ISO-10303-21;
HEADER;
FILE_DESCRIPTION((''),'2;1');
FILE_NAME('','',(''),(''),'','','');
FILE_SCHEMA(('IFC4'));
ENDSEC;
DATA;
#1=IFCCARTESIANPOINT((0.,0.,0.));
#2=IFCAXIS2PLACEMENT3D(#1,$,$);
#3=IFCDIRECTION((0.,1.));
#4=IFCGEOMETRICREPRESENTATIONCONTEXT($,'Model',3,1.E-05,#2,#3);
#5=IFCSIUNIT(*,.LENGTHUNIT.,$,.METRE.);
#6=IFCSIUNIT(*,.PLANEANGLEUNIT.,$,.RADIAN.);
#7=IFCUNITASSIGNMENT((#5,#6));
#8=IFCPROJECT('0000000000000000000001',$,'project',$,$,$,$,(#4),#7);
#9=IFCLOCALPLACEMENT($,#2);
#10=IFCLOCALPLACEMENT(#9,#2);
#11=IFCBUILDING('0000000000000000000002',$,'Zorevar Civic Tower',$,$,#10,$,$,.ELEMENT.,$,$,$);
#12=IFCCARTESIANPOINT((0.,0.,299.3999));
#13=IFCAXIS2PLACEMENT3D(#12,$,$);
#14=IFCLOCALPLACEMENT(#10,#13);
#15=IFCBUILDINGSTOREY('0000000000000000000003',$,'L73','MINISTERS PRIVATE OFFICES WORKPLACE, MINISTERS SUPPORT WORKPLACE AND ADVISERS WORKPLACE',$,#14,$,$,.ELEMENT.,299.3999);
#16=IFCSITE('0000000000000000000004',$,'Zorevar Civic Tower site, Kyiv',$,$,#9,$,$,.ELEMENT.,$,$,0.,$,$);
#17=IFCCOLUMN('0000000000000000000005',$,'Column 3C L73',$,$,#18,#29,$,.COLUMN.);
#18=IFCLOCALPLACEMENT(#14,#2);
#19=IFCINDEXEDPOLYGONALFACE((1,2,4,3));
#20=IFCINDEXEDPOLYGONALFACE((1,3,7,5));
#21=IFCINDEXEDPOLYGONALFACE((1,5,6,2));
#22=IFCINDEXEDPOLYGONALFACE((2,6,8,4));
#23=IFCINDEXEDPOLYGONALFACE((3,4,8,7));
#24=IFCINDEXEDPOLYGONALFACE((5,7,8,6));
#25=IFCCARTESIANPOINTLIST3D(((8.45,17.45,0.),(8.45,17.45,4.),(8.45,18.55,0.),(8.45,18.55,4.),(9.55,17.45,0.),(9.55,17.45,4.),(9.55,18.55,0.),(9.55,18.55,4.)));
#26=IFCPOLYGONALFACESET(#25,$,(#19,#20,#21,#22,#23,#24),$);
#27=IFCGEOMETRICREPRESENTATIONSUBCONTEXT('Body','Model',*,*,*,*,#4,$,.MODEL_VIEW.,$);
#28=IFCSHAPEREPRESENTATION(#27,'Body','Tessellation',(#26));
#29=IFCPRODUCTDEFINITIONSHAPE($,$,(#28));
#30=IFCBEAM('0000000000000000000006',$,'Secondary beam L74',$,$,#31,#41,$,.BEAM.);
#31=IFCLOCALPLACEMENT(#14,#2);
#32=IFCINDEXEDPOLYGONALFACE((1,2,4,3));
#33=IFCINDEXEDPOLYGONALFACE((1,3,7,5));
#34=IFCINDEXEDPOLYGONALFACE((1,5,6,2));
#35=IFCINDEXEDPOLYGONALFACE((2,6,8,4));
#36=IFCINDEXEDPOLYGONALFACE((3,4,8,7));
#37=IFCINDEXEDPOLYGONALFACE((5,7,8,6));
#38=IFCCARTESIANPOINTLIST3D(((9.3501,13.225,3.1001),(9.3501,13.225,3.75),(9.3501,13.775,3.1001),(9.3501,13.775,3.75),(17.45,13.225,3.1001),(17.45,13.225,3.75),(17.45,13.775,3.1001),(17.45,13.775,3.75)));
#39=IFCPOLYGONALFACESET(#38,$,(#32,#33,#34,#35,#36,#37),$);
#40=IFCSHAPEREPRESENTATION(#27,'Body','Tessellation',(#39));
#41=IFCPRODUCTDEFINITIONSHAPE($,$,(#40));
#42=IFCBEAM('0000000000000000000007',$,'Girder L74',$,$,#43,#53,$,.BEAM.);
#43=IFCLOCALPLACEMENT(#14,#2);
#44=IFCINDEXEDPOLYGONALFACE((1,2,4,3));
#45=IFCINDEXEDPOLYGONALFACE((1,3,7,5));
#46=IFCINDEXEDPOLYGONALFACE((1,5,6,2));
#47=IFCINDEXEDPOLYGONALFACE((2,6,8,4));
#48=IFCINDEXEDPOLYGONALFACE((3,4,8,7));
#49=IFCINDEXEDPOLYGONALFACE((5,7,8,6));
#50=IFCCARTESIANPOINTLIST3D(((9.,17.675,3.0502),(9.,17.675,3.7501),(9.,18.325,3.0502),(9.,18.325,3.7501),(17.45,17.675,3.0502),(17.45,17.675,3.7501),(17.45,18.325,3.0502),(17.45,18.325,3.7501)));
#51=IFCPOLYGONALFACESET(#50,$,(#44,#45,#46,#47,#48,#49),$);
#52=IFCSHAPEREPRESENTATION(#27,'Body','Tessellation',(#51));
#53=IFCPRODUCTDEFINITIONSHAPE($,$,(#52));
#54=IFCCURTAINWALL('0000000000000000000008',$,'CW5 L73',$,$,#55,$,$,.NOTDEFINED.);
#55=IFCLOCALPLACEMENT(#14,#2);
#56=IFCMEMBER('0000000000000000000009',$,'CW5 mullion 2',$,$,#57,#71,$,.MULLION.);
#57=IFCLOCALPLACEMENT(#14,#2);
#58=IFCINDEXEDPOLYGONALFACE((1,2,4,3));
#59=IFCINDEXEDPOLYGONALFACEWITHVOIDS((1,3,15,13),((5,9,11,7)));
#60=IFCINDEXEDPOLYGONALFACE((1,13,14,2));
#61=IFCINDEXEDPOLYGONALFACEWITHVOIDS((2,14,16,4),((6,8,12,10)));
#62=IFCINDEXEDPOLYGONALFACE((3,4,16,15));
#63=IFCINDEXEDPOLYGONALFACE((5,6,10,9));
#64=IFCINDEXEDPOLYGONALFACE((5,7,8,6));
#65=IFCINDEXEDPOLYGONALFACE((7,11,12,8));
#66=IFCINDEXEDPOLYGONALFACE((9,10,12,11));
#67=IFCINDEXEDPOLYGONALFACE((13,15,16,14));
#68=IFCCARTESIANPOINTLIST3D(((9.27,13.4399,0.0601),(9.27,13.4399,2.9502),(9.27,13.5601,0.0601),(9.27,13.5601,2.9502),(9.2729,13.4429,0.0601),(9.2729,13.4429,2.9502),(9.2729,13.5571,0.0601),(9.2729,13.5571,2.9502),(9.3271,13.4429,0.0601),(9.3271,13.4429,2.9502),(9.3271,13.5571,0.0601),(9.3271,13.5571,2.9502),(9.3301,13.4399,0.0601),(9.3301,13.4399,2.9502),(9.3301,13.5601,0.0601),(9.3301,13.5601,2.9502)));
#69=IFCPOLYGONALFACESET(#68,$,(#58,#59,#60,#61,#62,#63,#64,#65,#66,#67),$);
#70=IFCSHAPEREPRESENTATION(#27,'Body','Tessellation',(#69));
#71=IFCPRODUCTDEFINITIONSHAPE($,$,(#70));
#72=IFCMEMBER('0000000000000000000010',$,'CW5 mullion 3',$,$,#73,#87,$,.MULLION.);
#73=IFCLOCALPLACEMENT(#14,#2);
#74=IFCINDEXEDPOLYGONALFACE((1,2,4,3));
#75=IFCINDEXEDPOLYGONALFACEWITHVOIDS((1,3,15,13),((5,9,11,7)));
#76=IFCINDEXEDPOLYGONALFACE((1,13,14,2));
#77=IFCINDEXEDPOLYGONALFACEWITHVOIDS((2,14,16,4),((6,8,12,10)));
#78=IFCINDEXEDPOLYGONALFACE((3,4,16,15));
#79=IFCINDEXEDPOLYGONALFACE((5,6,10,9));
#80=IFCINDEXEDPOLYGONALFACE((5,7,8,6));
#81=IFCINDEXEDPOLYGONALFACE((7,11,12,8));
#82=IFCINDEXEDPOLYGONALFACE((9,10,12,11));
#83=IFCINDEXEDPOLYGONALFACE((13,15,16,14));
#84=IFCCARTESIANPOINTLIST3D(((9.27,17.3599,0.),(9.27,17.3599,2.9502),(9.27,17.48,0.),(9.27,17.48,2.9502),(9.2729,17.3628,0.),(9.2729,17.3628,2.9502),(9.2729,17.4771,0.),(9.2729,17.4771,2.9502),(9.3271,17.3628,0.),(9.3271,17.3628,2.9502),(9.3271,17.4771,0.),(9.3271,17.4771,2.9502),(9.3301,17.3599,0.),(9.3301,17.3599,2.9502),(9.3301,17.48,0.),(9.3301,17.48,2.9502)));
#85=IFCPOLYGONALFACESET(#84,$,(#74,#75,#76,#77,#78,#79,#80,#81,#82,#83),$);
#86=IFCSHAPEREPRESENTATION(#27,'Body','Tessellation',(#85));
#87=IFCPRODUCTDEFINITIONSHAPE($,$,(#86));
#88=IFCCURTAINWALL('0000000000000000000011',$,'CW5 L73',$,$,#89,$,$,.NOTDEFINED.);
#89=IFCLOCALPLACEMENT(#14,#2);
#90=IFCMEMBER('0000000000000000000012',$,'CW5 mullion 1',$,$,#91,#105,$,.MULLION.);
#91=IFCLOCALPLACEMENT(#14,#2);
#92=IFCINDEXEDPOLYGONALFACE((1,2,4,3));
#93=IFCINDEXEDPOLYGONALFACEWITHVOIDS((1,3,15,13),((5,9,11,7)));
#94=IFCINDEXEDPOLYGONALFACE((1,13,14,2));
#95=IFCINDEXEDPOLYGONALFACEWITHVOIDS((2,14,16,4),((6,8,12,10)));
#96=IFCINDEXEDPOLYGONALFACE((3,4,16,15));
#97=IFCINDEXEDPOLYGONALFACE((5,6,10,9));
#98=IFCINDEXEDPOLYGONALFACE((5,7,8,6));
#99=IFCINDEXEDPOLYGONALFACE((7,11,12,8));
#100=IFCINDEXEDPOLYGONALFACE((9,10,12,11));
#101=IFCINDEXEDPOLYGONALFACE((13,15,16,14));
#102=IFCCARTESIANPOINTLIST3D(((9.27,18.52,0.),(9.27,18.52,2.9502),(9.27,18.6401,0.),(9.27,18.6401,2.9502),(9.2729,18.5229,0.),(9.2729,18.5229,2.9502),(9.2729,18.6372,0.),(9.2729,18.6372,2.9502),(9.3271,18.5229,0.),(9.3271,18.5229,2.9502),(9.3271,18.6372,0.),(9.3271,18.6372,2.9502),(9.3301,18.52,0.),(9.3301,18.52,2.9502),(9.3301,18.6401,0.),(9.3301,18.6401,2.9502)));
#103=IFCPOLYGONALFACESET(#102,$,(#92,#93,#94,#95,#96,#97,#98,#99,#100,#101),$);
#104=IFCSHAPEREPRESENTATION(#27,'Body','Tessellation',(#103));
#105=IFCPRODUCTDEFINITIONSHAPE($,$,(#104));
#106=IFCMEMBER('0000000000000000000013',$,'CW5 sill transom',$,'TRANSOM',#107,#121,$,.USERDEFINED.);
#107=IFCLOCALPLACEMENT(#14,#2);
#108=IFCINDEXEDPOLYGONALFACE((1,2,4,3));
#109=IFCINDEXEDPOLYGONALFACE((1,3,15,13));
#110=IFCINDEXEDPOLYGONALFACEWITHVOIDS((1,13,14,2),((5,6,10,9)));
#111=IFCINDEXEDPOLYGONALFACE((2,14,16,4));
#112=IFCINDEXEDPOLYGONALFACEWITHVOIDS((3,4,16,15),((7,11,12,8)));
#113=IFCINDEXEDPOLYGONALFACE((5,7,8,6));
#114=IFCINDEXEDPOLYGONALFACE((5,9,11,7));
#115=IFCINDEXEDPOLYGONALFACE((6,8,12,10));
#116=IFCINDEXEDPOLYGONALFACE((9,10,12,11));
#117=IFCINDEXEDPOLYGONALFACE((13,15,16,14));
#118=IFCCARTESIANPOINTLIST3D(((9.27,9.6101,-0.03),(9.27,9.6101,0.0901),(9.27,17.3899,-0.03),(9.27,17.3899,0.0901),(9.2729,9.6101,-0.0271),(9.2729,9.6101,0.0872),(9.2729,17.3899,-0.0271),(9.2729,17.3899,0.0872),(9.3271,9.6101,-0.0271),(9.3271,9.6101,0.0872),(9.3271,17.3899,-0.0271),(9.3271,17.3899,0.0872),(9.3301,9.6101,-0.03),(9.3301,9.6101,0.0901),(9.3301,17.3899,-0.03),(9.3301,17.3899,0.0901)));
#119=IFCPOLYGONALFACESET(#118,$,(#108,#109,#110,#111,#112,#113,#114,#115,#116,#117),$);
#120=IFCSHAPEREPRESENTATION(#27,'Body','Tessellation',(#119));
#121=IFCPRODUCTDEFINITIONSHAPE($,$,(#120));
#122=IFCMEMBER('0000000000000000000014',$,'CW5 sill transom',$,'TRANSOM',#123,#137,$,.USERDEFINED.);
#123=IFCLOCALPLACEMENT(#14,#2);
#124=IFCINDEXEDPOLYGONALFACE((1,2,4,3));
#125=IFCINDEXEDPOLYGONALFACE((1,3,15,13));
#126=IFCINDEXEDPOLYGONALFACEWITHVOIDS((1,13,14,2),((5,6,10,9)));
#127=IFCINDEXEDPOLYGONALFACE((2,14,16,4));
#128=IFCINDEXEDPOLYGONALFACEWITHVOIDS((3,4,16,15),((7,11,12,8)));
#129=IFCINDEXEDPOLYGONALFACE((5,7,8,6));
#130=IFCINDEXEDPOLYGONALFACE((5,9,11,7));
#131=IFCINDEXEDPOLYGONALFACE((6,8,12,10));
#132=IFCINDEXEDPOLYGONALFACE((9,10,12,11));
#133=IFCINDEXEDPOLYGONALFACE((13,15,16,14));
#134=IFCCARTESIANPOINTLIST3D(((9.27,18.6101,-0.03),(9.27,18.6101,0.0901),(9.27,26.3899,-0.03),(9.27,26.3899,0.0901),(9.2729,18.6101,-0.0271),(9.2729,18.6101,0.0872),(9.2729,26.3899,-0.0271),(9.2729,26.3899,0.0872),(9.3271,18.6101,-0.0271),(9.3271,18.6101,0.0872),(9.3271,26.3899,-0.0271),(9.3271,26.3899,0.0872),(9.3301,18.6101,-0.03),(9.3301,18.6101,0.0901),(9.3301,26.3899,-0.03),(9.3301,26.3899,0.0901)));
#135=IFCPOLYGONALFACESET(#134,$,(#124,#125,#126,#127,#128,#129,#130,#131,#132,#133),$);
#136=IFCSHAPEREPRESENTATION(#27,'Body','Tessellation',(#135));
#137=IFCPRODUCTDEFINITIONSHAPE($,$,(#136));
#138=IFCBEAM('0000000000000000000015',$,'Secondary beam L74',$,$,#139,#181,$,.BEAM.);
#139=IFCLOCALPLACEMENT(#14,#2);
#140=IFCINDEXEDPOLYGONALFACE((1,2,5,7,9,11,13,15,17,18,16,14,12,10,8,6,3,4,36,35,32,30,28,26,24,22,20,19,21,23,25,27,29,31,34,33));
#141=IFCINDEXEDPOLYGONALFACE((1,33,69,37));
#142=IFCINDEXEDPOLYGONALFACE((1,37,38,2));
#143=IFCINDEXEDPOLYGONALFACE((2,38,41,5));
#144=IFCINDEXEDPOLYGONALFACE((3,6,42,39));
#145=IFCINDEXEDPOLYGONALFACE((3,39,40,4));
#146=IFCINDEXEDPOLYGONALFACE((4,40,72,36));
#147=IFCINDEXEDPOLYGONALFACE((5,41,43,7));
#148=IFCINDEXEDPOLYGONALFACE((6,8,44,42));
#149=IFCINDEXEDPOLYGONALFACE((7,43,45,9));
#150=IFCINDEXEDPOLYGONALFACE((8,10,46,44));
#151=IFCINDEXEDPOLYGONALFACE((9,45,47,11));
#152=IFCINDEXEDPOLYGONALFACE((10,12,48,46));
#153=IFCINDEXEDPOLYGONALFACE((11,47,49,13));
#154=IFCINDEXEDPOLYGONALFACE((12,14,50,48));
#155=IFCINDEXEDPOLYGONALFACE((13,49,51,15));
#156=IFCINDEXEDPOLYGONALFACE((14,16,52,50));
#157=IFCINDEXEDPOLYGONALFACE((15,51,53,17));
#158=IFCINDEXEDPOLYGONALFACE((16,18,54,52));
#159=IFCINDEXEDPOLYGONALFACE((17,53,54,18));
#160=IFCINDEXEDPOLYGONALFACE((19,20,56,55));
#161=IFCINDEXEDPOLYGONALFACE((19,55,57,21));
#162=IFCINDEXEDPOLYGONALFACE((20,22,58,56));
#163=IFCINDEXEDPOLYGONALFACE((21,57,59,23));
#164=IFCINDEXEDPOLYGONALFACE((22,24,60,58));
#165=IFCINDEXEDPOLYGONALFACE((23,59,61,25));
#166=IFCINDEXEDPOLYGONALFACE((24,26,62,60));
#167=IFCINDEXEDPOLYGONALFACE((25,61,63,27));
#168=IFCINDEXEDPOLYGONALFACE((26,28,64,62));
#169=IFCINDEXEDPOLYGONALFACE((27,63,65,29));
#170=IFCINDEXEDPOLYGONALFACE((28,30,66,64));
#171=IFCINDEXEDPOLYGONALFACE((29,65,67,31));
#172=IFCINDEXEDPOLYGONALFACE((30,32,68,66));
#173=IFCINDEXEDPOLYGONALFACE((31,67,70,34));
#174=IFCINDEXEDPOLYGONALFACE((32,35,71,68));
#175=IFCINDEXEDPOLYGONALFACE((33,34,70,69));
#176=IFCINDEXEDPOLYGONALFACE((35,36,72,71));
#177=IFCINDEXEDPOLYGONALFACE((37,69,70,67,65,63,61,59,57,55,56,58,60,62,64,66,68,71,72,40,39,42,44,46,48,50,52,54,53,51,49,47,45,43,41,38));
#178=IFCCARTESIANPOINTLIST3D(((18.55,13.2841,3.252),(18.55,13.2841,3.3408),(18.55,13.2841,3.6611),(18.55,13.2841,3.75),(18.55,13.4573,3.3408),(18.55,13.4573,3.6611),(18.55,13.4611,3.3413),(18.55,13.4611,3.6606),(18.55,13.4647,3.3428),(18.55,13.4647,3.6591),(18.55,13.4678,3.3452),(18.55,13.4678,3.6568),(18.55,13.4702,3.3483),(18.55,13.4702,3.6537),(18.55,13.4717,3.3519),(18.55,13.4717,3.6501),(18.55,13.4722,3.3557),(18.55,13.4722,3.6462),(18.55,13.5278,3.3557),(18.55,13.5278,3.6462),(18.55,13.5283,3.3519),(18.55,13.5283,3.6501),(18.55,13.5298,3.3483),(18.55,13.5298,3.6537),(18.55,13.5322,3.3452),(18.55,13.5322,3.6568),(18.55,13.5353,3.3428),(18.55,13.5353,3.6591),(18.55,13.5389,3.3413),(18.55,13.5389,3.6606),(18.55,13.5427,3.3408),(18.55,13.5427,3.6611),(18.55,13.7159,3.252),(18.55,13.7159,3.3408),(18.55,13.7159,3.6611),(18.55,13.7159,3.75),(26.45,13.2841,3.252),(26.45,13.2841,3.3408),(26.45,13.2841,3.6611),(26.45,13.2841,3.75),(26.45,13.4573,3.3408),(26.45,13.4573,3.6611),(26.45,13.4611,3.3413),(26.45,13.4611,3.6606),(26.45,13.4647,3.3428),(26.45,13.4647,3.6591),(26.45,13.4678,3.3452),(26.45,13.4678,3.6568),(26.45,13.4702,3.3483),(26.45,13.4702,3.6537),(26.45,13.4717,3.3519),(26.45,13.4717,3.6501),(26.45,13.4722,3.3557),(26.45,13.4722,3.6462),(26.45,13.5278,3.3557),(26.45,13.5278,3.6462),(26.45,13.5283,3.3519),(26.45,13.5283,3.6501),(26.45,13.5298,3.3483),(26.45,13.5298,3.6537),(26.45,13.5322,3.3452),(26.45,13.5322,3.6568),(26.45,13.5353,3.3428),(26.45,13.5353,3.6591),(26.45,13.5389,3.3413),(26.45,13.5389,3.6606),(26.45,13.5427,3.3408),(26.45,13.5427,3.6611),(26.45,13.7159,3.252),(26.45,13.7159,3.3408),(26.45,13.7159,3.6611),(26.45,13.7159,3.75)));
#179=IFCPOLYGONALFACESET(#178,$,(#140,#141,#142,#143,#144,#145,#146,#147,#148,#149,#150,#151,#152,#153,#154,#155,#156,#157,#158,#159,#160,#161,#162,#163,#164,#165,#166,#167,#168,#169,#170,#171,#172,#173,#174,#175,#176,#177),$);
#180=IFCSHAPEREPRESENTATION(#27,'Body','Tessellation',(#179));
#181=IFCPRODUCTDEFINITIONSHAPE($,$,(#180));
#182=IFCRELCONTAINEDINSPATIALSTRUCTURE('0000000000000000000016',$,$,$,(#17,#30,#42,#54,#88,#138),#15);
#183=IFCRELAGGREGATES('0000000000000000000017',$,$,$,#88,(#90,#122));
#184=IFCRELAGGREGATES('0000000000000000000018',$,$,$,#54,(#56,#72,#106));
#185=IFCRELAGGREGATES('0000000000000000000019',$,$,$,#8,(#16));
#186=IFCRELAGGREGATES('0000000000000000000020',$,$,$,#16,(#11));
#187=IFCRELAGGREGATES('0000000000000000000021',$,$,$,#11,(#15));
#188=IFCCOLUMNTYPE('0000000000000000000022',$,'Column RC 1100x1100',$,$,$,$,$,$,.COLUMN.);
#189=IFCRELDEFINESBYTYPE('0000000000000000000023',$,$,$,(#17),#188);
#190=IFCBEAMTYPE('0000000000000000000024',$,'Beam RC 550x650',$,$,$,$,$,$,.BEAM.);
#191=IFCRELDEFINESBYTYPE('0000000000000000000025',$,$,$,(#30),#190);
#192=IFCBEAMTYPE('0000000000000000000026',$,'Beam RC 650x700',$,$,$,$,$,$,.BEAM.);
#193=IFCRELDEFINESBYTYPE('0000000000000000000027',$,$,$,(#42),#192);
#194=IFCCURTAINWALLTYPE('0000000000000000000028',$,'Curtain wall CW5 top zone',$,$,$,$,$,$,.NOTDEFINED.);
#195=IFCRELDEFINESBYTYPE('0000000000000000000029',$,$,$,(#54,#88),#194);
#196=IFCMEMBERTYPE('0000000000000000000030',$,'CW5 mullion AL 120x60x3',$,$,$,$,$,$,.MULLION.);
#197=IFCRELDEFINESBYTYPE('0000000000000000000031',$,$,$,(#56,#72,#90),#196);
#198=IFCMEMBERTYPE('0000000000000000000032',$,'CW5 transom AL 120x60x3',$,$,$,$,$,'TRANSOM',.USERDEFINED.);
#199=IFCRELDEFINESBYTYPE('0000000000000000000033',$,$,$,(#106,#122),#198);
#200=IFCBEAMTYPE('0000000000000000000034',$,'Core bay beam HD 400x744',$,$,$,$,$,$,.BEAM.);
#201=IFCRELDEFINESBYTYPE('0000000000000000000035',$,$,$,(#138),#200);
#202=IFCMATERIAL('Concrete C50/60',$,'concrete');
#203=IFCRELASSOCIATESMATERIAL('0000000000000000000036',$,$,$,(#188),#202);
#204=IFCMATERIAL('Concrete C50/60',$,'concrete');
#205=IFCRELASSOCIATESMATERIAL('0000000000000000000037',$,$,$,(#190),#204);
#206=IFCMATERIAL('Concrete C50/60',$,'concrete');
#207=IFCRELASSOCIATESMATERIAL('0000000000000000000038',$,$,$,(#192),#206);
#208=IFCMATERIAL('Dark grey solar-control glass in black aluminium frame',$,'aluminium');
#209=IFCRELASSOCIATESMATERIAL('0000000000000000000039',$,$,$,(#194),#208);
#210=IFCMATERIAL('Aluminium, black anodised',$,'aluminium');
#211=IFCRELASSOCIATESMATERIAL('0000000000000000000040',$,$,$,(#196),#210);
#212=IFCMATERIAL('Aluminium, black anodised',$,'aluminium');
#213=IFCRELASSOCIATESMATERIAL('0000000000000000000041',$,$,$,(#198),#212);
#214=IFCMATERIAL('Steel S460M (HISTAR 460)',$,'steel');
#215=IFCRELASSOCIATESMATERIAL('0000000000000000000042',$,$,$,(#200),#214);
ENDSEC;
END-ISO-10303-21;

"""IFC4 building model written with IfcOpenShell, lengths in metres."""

from ifc_helpers import new_model, si_unit, direction, frame, origin, origin_2d, place, context, subcontext, project, spatial, rectangle, hollow_rectangle, i_section, extrude, material, material_profile, profile_set, type_object, element, aggregate, save


model = new_model("IFC4")

# Units and contexts
model_context = context("Model", 3, precision=1e-05, world=origin(), true_north=direction((0.0, 1.0)))
body_context = subcontext(model_context, "Body", "Model", "MODEL_VIEW")
ifc_project = project(units=[si_unit("LENGTHUNIT", "METRE"), si_unit("PLANEANGLEUNIT", "RADIAN")], contexts=[model_context])

# Site, building, storey
site_placement = place(None, origin())
site = spatial("IfcSite", under=ifc_project, at=site_placement, Name="Zorevar Civic Tower site, Kyiv", CompositionType="ELEMENT", RefElevation=0.0)
building_placement = place(site_placement, origin())
building = spatial("IfcBuilding", under=site, at=building_placement, Name="Zorevar Civic Tower", CompositionType="ELEMENT")
storey_placement = place(building_placement, frame((0.0, 0.0, 299.3999)))
storey = spatial("IfcBuildingStorey", under=building, at=storey_placement, Name="L73", Description="MINISTERS PRIVATE OFFICES WORKPLACE, MINISTERS SUPPORT WORKPLACE AND ADVISERS WORKPLACE", CompositionType="ELEMENT", Elevation=299.3999)

# Column
ifc_material_1 = material(Name="Concrete C50/60", Category="concrete")
ifc_material_profile_1 = material_profile(ifc_material_1, rectangle(XDim=1.1001, YDim=1.1001, at=origin_2d()), Name="RC 1100x1100")
ifc_profile_set_1 = profile_set([ifc_material_profile_1], Name="Concrete C50/60")
column_type = type_object("IfcColumnType", Name="Column RC 1100x1100", PredefinedType="COLUMN", material=ifc_profile_set_1)
column_placement = place(storey_placement, frame((9.0, 18.0, 0.0), z_axis=(0.0, 0.0, 1.0), x_axis=(1.0, 0.0, 0.0)))
element("IfcColumn", 1, at=column_placement, inside=storey, type_object=column_type, Name="Column 3C L73", PredefinedType="COLUMN", context=body_context, shape_type="SweptSolid", body=[
    extrude(rectangle(XDim=1.1001, YDim=1.1001, at=origin_2d()), origin(), (0.0, 0.0, 1.0), 4.0),
])

# Beams
ifc_material_2 = material(Name="Concrete C50/60", Category="concrete")
ifc_material_profile_2 = material_profile(ifc_material_2, rectangle(XDim=0.55, YDim=0.6499, at=origin_2d()), Name="RC 550x650")
ifc_profile_set_2 = profile_set([ifc_material_profile_2], Name="Concrete C50/60")
beam_type_1 = type_object("IfcBeamType", Name="Beam RC 550x650", PredefinedType="BEAM", material=ifc_profile_set_2)
beam_1_placement = place(storey_placement, frame((9.3501, 13.5, 3.425), z_axis=(1.0, 0.0, 0.0), x_axis=(0.0, 1.0, 0.0)))
element("IfcBeam", 2, at=beam_1_placement, inside=storey, type_object=beam_type_1, Name="Secondary beam L74", PredefinedType="BEAM", context=body_context, shape_type="SweptSolid", body=[
    extrude(rectangle(XDim=0.55, YDim=0.6499, at=origin_2d()), origin(), (0.0, 0.0, 1.0), 8.0999),
])
ifc_material_3 = material(Name="Concrete C50/60", Category="concrete")
ifc_material_profile_3 = material_profile(ifc_material_3, rectangle(XDim=0.6499, YDim=0.7, at=origin_2d()), Name="RC 650x700")
ifc_profile_set_3 = profile_set([ifc_material_profile_3], Name="Concrete C50/60")
beam_type_2 = type_object("IfcBeamType", Name="Beam RC 650x700", PredefinedType="BEAM", material=ifc_profile_set_3)
beam_2_placement = place(storey_placement, frame((9.0, 18.0, 3.4001), z_axis=(1.0, 0.0, 0.0), x_axis=(0.0, 1.0, 0.0)))
element("IfcBeam", 3, at=beam_2_placement, inside=storey, type_object=beam_type_2, Name="Girder L74", PredefinedType="BEAM", context=body_context, shape_type="SweptSolid", body=[
    extrude(rectangle(XDim=0.6499, YDim=0.7, at=origin_2d()), origin(), (0.0, 0.0, 1.0), 8.45),
])

# Curtain wall, members
ifc_material_4 = material(Name="Dark grey solar-control glass in black aluminium frame", Category="aluminium")
curtain_wall_type = type_object("IfcCurtainWallType", Name="Curtain wall CW5 top zone", PredefinedType="NOTDEFINED", material=ifc_material_4)
curtain_wall_1_placement = place(storey_placement, origin())
curtain_wall_1 = element("IfcCurtainWall", 4, at=curtain_wall_1_placement, inside=storey, type_object=curtain_wall_type, Name="CW5 L73", PredefinedType="NOTDEFINED")
ifc_material_5 = material(Name="Aluminium, black anodised", Category="aluminium")
ifc_material_profile_4 = material_profile(ifc_material_5, hollow_rectangle(XDim=0.0601, YDim=0.1201, WallThickness=0.0029, at=origin_2d()), Name="AL 120x60x3")
ifc_profile_set_4 = profile_set([ifc_material_profile_4], Name="Aluminium, black anodised")
member_type_1 = type_object("IfcMemberType", Name="CW5 mullion AL 120x60x3", PredefinedType="MULLION", material=ifc_profile_set_4)
member_1_placement = place(storey_placement, frame((9.3, 13.5, 0.0601), z_axis=(0.0, 0.0, 1.0), x_axis=(-1.0, 0.0, 0.0)))
member_1 = element("IfcMember", 5, at=member_1_placement, type_object=member_type_1, Name="CW5 mullion 2", PredefinedType="MULLION", context=body_context, shape_type="SweptSolid", body=[
    extrude(hollow_rectangle(XDim=0.0601, YDim=0.1201, WallThickness=0.0029, at=origin_2d()), origin(), (0.0, 0.0, 1.0), 2.8901),
])
member_2_placement = place(storey_placement, frame((9.3, 17.4199, 0.0), z_axis=(0.0, 0.0, 1.0), x_axis=(-1.0, 0.0, 0.0)))
member_2 = element("IfcMember", 6, at=member_2_placement, type_object=member_type_1, Name="CW5 mullion 3", PredefinedType="MULLION", context=body_context, shape_type="SweptSolid", body=[
    extrude(hollow_rectangle(XDim=0.0601, YDim=0.1201, WallThickness=0.0029, at=origin_2d()), origin(), (0.0, 0.0, 1.0), 2.9502),
])

# Curtain wall, member
curtain_wall_2_placement = place(storey_placement, origin())
curtain_wall_2 = element("IfcCurtainWall", 7, at=curtain_wall_2_placement, inside=storey, type_object=curtain_wall_type, Name="CW5 L73", PredefinedType="NOTDEFINED")
member_3_placement = place(storey_placement, frame((9.3, 18.5801, 0.0), z_axis=(0.0, 0.0, 1.0), x_axis=(-1.0, 0.0, 0.0)))
member_3 = element("IfcMember", 8, at=member_3_placement, type_object=member_type_1, Name="CW5 mullion 1", PredefinedType="MULLION", context=body_context, shape_type="SweptSolid", body=[
    extrude(hollow_rectangle(XDim=0.0601, YDim=0.1201, WallThickness=0.0029, at=origin_2d()), origin(), (0.0, 0.0, 1.0), 2.9502),
])

# Members
ifc_material_6 = material(Name="Aluminium, black anodised", Category="aluminium")
ifc_material_profile_5 = material_profile(ifc_material_6, hollow_rectangle(XDim=0.0601, YDim=0.1201, WallThickness=0.0029, at=origin_2d()), Name="AL 120x60x3")
ifc_profile_set_5 = profile_set([ifc_material_profile_5], Name="Aluminium, black anodised")
member_type_2 = type_object("IfcMemberType", Name="CW5 transom AL 120x60x3", ElementType="TRANSOM", PredefinedType="USERDEFINED", material=ifc_profile_set_5)
member_4_placement = place(storey_placement, frame((9.3, 9.6101, 0.03), z_axis=(0.0, 1.0, 0.0), x_axis=(-1.0, 0.0, 0.0)))
member_4 = element("IfcMember", 9, at=member_4_placement, type_object=member_type_2, Name="CW5 sill transom", ObjectType="TRANSOM", PredefinedType="USERDEFINED", context=body_context, shape_type="SweptSolid", body=[
    extrude(hollow_rectangle(XDim=0.0601, YDim=0.1201, WallThickness=0.0029, at=origin_2d()), origin(), (0.0, 0.0, 1.0), 7.7798),
])
member_5_placement = place(storey_placement, frame((9.3, 18.6101, 0.03), z_axis=(0.0, 1.0, 0.0), x_axis=(-1.0, 0.0, 0.0)))
member_5 = element("IfcMember", 10, at=member_5_placement, type_object=member_type_2, Name="CW5 sill transom", ObjectType="TRANSOM", PredefinedType="USERDEFINED", context=body_context, shape_type="SweptSolid", body=[
    extrude(hollow_rectangle(XDim=0.0601, YDim=0.1201, WallThickness=0.0029, at=origin_2d()), origin(), (0.0, 0.0, 1.0), 7.7798),
])
aggregate(curtain_wall_2, [member_3, member_5])

# Beam
ifc_material_7 = material(Name="Steel S460M (HISTAR 460)", Category="steel")
ifc_material_profile_6 = material_profile(ifc_material_7, i_section(OverallWidth=0.4319, OverallDepth=0.498, WebThickness=0.0557, FlangeThickness=0.0889, FilletRadius=0.0149, at=origin_2d()), Name="HD 400x744")
ifc_profile_set_6 = profile_set([ifc_material_profile_6], Name="Steel S460M (HISTAR 460)")
beam_type_3 = type_object("IfcBeamType", Name="Core bay beam HD 400x744", PredefinedType="BEAM", material=ifc_profile_set_6)
beam_3_placement = place(storey_placement, frame((18.55, 13.5, 3.501), z_axis=(1.0, 0.0, 0.0), x_axis=(0.0, 1.0, 0.0)))
element("IfcBeam", 11, at=beam_3_placement, inside=storey, type_object=beam_type_3, Name="Secondary beam L74", PredefinedType="BEAM", context=body_context, shape_type="SweptSolid", body=[
    extrude(i_section(OverallWidth=0.4319, OverallDepth=0.498, WebThickness=0.0557, FlangeThickness=0.0889, FilletRadius=0.0149, at=origin_2d()), origin(), (0.0, 0.0, 1.0), 7.8999),
])

aggregate(curtain_wall_1, [member_1, member_2, member_4])

save(model, "model.ifc")
